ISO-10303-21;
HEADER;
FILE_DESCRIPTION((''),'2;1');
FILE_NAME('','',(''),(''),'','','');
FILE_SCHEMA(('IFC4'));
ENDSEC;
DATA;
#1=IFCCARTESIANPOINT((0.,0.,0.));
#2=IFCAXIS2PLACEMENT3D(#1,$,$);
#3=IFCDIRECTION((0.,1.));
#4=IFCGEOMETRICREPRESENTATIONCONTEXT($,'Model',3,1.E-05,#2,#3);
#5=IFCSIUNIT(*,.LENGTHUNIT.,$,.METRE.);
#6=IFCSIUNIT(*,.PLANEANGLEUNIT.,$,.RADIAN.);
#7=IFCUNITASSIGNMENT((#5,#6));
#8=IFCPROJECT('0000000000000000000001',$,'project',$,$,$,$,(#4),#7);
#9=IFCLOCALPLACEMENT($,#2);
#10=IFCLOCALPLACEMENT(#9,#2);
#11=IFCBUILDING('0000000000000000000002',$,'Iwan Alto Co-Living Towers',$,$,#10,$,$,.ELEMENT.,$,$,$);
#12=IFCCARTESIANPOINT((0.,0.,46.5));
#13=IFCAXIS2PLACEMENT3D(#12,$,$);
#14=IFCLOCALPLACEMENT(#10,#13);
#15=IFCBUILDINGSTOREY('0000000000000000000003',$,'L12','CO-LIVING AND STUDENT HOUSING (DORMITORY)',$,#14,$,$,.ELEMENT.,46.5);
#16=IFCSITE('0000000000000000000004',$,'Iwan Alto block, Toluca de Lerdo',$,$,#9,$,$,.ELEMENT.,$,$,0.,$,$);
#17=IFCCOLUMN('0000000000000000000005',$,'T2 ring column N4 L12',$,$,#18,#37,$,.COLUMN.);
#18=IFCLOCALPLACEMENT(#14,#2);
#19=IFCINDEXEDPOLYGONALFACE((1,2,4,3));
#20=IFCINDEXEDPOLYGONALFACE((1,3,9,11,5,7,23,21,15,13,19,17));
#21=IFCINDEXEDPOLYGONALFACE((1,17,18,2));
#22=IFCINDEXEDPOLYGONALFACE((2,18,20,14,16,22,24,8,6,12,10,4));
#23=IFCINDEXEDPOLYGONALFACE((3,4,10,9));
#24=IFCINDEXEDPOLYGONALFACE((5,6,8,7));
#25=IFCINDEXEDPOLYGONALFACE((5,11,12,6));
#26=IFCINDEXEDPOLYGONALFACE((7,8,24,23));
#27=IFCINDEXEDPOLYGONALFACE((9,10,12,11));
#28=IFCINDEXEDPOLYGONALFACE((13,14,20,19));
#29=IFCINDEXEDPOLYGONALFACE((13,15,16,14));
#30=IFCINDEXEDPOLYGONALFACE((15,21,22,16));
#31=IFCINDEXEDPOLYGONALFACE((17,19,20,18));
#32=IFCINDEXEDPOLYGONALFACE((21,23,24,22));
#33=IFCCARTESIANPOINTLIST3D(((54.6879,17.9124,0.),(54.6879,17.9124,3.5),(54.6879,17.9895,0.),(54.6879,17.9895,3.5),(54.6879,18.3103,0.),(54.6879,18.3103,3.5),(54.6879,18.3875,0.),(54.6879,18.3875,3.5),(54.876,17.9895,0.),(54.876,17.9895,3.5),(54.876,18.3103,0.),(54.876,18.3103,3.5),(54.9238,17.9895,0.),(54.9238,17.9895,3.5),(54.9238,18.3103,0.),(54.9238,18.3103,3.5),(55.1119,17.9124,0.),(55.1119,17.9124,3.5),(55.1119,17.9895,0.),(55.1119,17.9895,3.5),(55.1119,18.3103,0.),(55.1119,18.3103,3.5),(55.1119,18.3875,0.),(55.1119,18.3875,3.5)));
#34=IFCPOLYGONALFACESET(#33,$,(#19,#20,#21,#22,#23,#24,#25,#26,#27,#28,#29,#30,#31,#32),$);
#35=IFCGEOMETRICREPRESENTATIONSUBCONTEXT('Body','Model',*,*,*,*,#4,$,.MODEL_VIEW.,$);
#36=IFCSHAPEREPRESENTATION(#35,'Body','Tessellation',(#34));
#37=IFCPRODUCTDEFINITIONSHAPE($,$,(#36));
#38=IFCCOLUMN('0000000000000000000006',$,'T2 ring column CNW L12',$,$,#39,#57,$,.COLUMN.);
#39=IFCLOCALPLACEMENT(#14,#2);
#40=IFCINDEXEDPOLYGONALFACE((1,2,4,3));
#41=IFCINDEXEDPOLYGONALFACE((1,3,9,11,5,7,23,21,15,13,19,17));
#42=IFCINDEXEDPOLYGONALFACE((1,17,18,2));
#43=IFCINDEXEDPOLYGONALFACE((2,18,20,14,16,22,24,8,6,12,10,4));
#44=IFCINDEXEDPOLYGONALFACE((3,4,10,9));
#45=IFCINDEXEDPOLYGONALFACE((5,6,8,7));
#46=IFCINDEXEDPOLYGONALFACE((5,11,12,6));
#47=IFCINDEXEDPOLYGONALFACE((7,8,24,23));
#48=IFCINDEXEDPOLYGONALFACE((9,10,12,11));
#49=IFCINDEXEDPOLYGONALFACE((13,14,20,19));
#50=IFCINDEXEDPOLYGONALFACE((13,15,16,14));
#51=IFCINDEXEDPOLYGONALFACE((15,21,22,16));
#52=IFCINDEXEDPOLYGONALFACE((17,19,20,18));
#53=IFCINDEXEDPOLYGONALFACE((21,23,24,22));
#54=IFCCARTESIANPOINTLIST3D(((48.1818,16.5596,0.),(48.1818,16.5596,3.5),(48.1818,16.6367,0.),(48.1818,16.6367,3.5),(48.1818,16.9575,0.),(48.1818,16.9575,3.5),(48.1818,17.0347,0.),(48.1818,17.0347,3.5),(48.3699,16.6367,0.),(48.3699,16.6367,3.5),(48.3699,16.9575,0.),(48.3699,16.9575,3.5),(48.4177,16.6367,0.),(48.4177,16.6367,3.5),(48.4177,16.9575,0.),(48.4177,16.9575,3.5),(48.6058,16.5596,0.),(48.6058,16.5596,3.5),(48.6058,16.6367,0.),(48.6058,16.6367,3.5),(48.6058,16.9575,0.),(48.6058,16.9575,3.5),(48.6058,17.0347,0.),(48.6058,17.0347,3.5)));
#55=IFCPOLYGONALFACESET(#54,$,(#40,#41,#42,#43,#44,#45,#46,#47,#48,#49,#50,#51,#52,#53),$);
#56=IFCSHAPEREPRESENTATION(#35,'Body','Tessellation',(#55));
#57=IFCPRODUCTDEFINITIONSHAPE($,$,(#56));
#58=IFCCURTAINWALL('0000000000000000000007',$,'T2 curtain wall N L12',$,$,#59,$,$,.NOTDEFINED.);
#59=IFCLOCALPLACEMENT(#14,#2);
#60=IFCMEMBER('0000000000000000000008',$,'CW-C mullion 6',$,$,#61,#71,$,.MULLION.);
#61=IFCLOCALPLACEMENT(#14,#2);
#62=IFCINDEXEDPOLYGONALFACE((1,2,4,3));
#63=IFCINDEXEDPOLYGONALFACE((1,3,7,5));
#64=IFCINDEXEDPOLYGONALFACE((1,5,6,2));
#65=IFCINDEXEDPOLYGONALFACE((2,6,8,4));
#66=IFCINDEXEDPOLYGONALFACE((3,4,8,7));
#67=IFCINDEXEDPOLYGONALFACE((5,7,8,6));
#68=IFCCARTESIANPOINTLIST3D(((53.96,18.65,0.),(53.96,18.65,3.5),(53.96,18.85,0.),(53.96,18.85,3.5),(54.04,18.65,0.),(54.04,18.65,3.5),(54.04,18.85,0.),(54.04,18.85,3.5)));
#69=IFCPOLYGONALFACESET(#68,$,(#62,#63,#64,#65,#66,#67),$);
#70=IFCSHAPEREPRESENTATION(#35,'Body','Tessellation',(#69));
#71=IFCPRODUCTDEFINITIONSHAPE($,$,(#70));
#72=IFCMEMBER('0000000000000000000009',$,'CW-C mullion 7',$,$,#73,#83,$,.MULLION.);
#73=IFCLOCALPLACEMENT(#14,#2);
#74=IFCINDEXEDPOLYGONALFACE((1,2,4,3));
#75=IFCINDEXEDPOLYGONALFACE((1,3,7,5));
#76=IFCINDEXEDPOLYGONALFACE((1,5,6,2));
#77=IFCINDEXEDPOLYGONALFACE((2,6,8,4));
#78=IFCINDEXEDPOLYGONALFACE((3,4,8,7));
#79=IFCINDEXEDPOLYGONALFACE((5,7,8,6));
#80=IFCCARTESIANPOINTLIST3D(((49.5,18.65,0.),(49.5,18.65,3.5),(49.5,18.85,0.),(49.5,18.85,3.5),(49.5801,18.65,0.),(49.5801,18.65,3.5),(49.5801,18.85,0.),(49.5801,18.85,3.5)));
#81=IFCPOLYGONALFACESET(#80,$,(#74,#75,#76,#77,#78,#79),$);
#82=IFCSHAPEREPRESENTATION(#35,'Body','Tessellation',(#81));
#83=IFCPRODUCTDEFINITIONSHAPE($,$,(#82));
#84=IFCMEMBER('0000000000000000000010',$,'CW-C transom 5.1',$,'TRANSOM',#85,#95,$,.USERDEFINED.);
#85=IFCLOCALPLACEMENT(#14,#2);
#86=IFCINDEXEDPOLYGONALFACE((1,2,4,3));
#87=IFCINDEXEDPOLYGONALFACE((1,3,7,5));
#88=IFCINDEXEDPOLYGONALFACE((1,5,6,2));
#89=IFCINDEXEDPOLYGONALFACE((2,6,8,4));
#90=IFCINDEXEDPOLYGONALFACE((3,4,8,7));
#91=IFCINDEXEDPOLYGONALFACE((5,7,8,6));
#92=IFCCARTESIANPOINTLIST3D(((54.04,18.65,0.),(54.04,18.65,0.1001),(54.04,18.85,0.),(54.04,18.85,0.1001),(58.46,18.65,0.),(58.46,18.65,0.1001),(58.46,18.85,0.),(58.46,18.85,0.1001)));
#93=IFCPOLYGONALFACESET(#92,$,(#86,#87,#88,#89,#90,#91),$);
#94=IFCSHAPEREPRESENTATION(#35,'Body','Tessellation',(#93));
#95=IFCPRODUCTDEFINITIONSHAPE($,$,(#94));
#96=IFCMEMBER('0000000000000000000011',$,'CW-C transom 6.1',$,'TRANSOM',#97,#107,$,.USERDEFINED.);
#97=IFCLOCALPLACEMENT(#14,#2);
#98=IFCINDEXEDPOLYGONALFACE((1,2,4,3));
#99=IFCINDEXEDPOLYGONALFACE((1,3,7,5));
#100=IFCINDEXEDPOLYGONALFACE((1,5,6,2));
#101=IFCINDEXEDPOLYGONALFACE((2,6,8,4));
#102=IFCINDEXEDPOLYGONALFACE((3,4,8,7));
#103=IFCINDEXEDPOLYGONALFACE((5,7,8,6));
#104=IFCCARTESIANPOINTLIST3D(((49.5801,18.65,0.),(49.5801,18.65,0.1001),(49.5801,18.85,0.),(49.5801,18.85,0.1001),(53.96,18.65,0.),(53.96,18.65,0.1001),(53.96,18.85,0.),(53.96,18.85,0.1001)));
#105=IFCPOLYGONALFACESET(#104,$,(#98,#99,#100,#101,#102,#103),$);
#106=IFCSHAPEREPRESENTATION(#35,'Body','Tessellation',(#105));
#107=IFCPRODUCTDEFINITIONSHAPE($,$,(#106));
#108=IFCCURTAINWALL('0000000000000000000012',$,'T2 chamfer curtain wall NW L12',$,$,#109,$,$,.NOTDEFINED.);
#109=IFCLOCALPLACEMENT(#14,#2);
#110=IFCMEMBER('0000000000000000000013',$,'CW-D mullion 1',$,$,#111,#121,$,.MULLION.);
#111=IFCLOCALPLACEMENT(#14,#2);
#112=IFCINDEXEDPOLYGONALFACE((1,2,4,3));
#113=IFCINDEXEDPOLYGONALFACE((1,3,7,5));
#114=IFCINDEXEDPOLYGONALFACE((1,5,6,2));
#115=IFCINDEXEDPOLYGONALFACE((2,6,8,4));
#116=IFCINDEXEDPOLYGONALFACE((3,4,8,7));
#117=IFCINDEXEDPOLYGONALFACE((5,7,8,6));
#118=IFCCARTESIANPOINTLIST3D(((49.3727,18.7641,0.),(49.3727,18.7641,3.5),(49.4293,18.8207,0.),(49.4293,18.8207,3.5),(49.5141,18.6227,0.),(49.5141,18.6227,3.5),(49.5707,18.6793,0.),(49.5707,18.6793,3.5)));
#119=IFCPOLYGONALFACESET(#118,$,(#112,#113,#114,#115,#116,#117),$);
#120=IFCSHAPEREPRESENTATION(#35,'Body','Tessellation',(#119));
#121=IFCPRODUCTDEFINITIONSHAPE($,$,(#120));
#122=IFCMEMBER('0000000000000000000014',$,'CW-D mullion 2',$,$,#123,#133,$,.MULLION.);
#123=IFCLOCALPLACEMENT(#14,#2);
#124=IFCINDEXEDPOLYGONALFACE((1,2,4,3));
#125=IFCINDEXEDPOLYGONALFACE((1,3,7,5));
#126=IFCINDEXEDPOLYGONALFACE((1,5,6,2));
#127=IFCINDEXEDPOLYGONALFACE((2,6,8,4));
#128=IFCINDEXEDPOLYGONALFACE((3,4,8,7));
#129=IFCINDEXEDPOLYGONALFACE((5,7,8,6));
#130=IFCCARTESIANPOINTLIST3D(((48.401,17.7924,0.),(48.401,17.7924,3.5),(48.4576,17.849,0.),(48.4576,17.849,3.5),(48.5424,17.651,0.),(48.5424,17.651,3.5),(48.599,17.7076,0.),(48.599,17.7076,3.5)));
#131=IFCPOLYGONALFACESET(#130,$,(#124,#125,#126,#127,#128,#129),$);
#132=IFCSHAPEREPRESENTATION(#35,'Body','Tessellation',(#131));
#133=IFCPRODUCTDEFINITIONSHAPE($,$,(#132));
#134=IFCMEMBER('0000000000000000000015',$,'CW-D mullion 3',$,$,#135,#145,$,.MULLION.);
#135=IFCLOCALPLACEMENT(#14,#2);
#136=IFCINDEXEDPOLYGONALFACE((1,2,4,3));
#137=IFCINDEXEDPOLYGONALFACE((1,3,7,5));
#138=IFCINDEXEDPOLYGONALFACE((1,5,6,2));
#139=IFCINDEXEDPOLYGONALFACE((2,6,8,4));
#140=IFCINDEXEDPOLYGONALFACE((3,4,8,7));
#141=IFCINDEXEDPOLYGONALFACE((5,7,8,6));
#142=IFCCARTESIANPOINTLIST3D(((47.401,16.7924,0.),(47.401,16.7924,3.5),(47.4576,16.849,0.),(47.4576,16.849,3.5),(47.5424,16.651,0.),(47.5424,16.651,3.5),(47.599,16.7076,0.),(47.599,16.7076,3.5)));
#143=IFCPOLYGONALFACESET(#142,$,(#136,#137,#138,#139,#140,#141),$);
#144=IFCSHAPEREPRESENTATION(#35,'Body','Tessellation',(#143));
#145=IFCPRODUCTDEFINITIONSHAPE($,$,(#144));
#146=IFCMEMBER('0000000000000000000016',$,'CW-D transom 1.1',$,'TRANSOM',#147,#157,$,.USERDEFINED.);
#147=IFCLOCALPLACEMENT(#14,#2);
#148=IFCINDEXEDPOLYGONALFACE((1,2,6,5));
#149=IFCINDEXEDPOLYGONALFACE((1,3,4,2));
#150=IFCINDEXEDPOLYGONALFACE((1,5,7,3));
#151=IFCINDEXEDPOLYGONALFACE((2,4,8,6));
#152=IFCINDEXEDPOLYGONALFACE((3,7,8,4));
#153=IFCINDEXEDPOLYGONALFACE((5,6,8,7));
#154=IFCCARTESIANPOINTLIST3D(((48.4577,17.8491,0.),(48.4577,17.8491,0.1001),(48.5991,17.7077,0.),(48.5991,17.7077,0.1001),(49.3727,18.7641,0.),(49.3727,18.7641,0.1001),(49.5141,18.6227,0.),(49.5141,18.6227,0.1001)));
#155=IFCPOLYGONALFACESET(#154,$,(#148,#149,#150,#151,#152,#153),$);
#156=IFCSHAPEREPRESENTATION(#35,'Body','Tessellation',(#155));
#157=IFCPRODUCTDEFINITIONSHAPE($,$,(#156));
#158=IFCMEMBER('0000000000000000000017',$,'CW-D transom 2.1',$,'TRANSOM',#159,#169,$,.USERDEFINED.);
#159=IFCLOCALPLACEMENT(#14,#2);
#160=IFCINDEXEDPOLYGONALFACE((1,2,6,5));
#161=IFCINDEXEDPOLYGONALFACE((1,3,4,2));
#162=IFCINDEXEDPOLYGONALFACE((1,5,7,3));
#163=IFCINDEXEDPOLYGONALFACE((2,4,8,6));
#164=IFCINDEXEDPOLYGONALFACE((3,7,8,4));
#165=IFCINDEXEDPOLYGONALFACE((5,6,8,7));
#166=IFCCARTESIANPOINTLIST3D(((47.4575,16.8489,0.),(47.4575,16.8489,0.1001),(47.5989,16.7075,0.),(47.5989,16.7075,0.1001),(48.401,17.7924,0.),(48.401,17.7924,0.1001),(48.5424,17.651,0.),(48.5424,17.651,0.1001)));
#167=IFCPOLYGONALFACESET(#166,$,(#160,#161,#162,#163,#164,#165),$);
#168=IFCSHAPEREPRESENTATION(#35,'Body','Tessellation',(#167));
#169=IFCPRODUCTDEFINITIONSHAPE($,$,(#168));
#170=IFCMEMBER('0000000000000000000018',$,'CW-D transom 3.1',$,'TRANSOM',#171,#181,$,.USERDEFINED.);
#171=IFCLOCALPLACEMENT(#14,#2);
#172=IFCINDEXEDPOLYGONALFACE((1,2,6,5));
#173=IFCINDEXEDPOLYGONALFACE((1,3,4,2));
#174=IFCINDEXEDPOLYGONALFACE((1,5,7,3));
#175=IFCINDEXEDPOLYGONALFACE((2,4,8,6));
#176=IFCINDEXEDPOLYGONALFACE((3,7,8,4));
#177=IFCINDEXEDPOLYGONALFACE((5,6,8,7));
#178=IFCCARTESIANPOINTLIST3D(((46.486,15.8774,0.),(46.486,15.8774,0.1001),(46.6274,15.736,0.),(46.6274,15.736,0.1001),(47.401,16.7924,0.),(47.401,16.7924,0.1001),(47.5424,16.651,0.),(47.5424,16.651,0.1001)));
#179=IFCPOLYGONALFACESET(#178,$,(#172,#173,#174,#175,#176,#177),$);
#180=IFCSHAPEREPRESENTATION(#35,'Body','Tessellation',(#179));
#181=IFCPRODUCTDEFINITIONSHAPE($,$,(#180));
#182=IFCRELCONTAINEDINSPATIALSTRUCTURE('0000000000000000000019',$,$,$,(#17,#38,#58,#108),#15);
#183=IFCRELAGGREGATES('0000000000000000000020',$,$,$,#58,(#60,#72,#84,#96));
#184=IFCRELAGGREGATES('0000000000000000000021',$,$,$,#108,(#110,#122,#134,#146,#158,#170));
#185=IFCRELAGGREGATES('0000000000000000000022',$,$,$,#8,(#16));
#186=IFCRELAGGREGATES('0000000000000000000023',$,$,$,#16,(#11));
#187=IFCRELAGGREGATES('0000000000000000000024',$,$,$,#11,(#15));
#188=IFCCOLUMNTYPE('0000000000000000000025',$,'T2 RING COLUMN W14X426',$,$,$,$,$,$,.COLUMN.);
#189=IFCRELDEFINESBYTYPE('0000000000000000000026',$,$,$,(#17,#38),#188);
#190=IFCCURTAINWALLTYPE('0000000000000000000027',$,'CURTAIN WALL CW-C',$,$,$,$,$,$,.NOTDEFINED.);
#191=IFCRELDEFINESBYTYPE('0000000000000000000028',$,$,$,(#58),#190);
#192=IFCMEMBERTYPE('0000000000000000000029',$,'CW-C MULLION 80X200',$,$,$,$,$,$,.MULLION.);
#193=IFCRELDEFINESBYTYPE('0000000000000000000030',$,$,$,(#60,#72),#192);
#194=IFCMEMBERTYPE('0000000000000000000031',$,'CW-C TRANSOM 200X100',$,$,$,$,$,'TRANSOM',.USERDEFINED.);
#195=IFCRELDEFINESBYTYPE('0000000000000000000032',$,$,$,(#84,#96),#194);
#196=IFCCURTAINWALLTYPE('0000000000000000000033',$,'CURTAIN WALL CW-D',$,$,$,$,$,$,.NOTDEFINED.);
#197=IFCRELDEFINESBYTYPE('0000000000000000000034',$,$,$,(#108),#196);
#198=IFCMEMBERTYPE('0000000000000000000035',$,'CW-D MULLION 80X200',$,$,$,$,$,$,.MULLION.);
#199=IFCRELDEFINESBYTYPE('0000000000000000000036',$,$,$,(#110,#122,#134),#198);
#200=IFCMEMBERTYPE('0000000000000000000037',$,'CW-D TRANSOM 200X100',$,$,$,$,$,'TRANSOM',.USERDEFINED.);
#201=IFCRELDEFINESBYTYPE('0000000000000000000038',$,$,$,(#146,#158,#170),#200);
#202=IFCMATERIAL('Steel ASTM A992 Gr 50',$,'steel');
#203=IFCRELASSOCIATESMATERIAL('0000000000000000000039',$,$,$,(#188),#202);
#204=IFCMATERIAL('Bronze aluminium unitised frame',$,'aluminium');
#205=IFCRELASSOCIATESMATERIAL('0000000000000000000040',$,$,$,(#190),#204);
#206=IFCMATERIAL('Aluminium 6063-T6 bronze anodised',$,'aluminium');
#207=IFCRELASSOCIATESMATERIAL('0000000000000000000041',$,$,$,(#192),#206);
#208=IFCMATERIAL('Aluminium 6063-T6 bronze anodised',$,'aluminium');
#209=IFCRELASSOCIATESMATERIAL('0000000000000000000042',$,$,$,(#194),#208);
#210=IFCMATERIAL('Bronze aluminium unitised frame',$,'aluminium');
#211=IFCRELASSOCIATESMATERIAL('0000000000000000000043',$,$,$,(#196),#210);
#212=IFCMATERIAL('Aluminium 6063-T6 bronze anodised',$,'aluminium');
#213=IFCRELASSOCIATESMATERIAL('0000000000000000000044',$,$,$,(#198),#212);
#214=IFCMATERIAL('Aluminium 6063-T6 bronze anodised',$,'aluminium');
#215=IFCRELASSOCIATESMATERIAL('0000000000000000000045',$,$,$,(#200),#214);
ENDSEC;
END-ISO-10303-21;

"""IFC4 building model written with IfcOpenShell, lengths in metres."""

from ifc_helpers import new_model, si_unit, direction, frame, origin, origin_2d, place, context, subcontext, project, spatial, rectangle, i_section, extrude, material, material_profile, profile_set, type_object, element, aggregate, save


model = new_model("IFC4")

# Units and contexts
model_context = context("Model", 3, precision=1e-05, world=origin(), true_north=direction((0.0, 1.0)))
body_context = subcontext(model_context, "Body", "Model", "MODEL_VIEW")
ifc_project = project(units=[si_unit("LENGTHUNIT", "METRE"), si_unit("PLANEANGLEUNIT", "RADIAN")], contexts=[model_context])

# Site, building, storey
site_placement = place(None, origin())
site = spatial("IfcSite", under=ifc_project, at=site_placement, Name="Iwan Alto block, Toluca de Lerdo", CompositionType="ELEMENT", RefElevation=0.0)
building_placement = place(site_placement, origin())
building = spatial("IfcBuilding", under=site, at=building_placement, Name="Iwan Alto Co-Living Towers", CompositionType="ELEMENT")
storey_placement = place(building_placement, frame((0.0, 0.0, 46.5)))
storey = spatial("IfcBuildingStorey", under=building, at=storey_placement, Name="L12", Description="CO-LIVING AND STUDENT HOUSING (DORMITORY)", CompositionType="ELEMENT", Elevation=46.5)

# Columns
ifc_material_1 = material(Name="Steel ASTM A992 Gr 50", Category="steel")
ifc_material_profile_1 = material_profile(ifc_material_1, i_section(OverallWidth=0.4241, OverallDepth=0.4751, WebThickness=0.0479, FlangeThickness=0.0771, at=origin_2d()), Name="W14X426")
ifc_profile_set_1 = profile_set([ifc_material_profile_1], Name="Steel ASTM A992 Gr 50")
column_type = type_object("IfcColumnType", Name="T2 RING COLUMN W14X426", PredefinedType="COLUMN", material=ifc_profile_set_1)
for number, where, z_axis, x_axis, name in (
    (1, (54.8999, 18.1499, 0.0), (0.0, 0.0, 1.0), (1.0, 0.0, 0.0), "T2 ring column N4 L12"),
    (2, (48.3938, 16.7971, 0.0), (0.0, 0.0, 1.0), (1.0, 0.0, 0.0), "T2 ring column CNW L12"),
):
    element("IfcColumn", number, at=place(storey_placement, frame(where, z_axis=z_axis, x_axis=x_axis)), inside=storey, type_object=column_type, Name=name, PredefinedType="COLUMN", context=body_context, shape_type="SweptSolid", body=[
        extrude(i_section(OverallWidth=0.4241, OverallDepth=0.4751, WebThickness=0.0479, FlangeThickness=0.0771, at=origin_2d()), origin(), (0.0, 0.0, 1.0), 3.5),
    ])

# Curtain walls, members
ifc_material_2 = material(Name="Bronze aluminium unitised frame", Category="aluminium")
curtain_wall_type_1 = type_object("IfcCurtainWallType", Name="CURTAIN WALL CW-C", PredefinedType="NOTDEFINED", material=ifc_material_2)
curtain_wall_1_placement = place(storey_placement, origin())
curtain_wall_1 = element("IfcCurtainWall", 3, at=curtain_wall_1_placement, inside=storey, type_object=curtain_wall_type_1, Name="T2 curtain wall N L12", PredefinedType="NOTDEFINED")
ifc_material_3 = material(Name="Aluminium 6063-T6 bronze anodised", Category="aluminium")
ifc_material_profile_2 = material_profile(ifc_material_3, rectangle(XDim=0.2, YDim=0.0801, at=origin_2d()), Name="AL 80X200")
ifc_profile_set_2 = profile_set([ifc_material_profile_2], Name="Aluminium 6063-T6 bronze anodised")
member_type_1 = type_object("IfcMemberType", Name="CW-C MULLION 80X200", PredefinedType="MULLION", material=ifc_profile_set_2)
member_1_placement = place(storey_placement, frame((54.0, 18.75, 0.0), z_axis=(0.0, 0.0, 1.0), x_axis=(0.0, -1.0, 0.0)))
member_1 = element("IfcMember", 4, at=member_1_placement, type_object=member_type_1, Name="CW-C mullion 6", PredefinedType="MULLION", context=body_context, shape_type="SweptSolid", body=[
    extrude(rectangle(XDim=0.2, YDim=0.0801, at=origin_2d()), origin(), (0.0, 0.0, 1.0), 3.5),
])
member_2_placement = place(storey_placement, frame((49.54, 18.75, 0.0), z_axis=(0.0, 0.0, 1.0), x_axis=(0.0, -1.0, 0.0)))
member_2 = element("IfcMember", 5, at=member_2_placement, type_object=member_type_1, Name="CW-C mullion 7", PredefinedType="MULLION", context=body_context, shape_type="SweptSolid", body=[
    extrude(rectangle(XDim=0.2, YDim=0.0801, at=origin_2d()), origin(), (0.0, 0.0, 1.0), 3.5),
])
ifc_material_4 = material(Name="Aluminium 6063-T6 bronze anodised", Category="aluminium")
ifc_material_profile_3 = material_profile(ifc_material_4, rectangle(XDim=0.2, YDim=0.1001, at=origin_2d()), Name="AL 200X100")
ifc_profile_set_3 = profile_set([ifc_material_profile_3], Name="Aluminium 6063-T6 bronze anodised")
member_type_2 = type_object("IfcMemberType", Name="CW-C TRANSOM 200X100", ElementType="TRANSOM", PredefinedType="USERDEFINED", material=ifc_profile_set_3)
member_3_placement = place(storey_placement, frame((58.46, 18.75, 0.05), z_axis=(-1.0, 0.0, 0.0), x_axis=(0.0, -1.0, 0.0)))
member_3 = element("IfcMember", 6, at=member_3_placement, type_object=member_type_2, Name="CW-C transom 5.1", ObjectType="TRANSOM", PredefinedType="USERDEFINED", context=body_context, shape_type="SweptSolid", body=[
    extrude(rectangle(XDim=0.2, YDim=0.1001, at=origin_2d()), origin(), (0.0, 0.0, 1.0), 4.4199),
])
member_4_placement = place(storey_placement, frame((53.96, 18.75, 0.05), z_axis=(-1.0, 0.0, 0.0), x_axis=(0.0, -1.0, 0.0)))
member_4 = element("IfcMember", 7, at=member_4_placement, type_object=member_type_2, Name="CW-C transom 6.1", ObjectType="TRANSOM", PredefinedType="USERDEFINED", context=body_context, shape_type="SweptSolid", body=[
    extrude(rectangle(XDim=0.2, YDim=0.1001, at=origin_2d()), origin(), (0.0, 0.0, 1.0), 4.3799),
])
ifc_material_5 = material(Name="Bronze aluminium unitised frame", Category="aluminium")
curtain_wall_type_2 = type_object("IfcCurtainWallType", Name="CURTAIN WALL CW-D", PredefinedType="NOTDEFINED", material=ifc_material_5)
curtain_wall_2_placement = place(storey_placement, origin())
curtain_wall_2 = element("IfcCurtainWall", 8, at=curtain_wall_2_placement, inside=storey, type_object=curtain_wall_type_2, Name="T2 chamfer curtain wall NW L12", PredefinedType="NOTDEFINED")
ifc_material_6 = material(Name="Aluminium 6063-T6 bronze anodised", Category="aluminium")
ifc_material_profile_4 = material_profile(ifc_material_6, rectangle(XDim=0.2, YDim=0.0801, at=origin_2d()), Name="AL 80X200")
ifc_profile_set_4 = profile_set([ifc_material_profile_4], Name="Aluminium 6063-T6 bronze anodised")
member_type_3 = type_object("IfcMemberType", Name="CW-D MULLION 80X200", PredefinedType="MULLION", material=ifc_profile_set_4)
member_5_placement = place(storey_placement, frame((49.4717, 18.7217, 0.0), z_axis=(0.0, 0.0, 1.0), x_axis=(0.707107, -0.707107, 0.0)))
member_5 = element("IfcMember", 9, at=member_5_placement, type_object=member_type_3, Name="CW-D mullion 1", PredefinedType="MULLION", context=body_context, shape_type="SweptSolid", body=[
    extrude(rectangle(XDim=0.2, YDim=0.0801, at=origin_2d()), origin(), (0.0, 0.0, 1.0), 3.5),
])
member_6_placement = place(storey_placement, frame((48.5, 17.75, 0.0), z_axis=(0.0, 0.0, 1.0), x_axis=(0.707107, -0.707107, 0.0)))
member_6 = element("IfcMember", 10, at=member_6_placement, type_object=member_type_3, Name="CW-D mullion 2", PredefinedType="MULLION", context=body_context, shape_type="SweptSolid", body=[
    extrude(rectangle(XDim=0.2, YDim=0.0801, at=origin_2d()), origin(), (0.0, 0.0, 1.0), 3.5),
])
member_7_placement = place(storey_placement, frame((47.5, 16.75, 0.0), z_axis=(0.0, 0.0, 1.0), x_axis=(0.707107, -0.707107, 0.0)))
member_7 = element("IfcMember", 11, at=member_7_placement, type_object=member_type_3, Name="CW-D mullion 3", PredefinedType="MULLION", context=body_context, shape_type="SweptSolid", body=[
    extrude(rectangle(XDim=0.2, YDim=0.0801, at=origin_2d()), origin(), (0.0, 0.0, 1.0), 3.5),
])
ifc_material_7 = material(Name="Aluminium 6063-T6 bronze anodised", Category="aluminium")
ifc_material_profile_5 = material_profile(ifc_material_7, rectangle(XDim=0.2, YDim=0.1001, at=origin_2d()), Name="AL 200X100")
ifc_profile_set_5 = profile_set([ifc_material_profile_5], Name="Aluminium 6063-T6 bronze anodised")
member_type_4 = type_object("IfcMemberType", Name="CW-D TRANSOM 200X100", ElementType="TRANSOM", PredefinedType="USERDEFINED", material=ifc_profile_set_5)
member_8_placement = place(storey_placement, frame((49.4434, 18.6934, 0.05), z_axis=(-0.707107, -0.707107, 0.0), x_axis=(0.707107, -0.707107, 0.0)))
member_8 = element("IfcMember", 12, at=member_8_placement, type_object=member_type_4, Name="CW-D transom 1.1", ObjectType="TRANSOM", PredefinedType="USERDEFINED", context=body_context, shape_type="SweptSolid", body=[
    extrude(rectangle(XDim=0.2, YDim=0.1001, at=origin_2d()), origin(), (0.0, 0.0, 1.0), 1.2939),
])
member_9_placement = place(storey_placement, frame((48.4717, 17.7217, 0.05), z_axis=(-0.707107, -0.707107, 0.0), x_axis=(0.707107, -0.707107, 0.0)))
member_9 = element("IfcMember", 13, at=member_9_placement, type_object=member_type_4, Name="CW-D transom 2.1", ObjectType="TRANSOM", PredefinedType="USERDEFINED", context=body_context, shape_type="SweptSolid", body=[
    extrude(rectangle(XDim=0.2, YDim=0.1001, at=origin_2d()), origin(), (0.0, 0.0, 1.0), 1.3342),
])
member_10_placement = place(storey_placement, frame((47.4717, 16.7217, 0.05), z_axis=(-0.707107, -0.707107, 0.0), x_axis=(0.707107, -0.707107, 0.0)))
member_10 = element("IfcMember", 14, at=member_10_placement, type_object=member_type_4, Name="CW-D transom 3.1", ObjectType="TRANSOM", PredefinedType="USERDEFINED", context=body_context, shape_type="SweptSolid", body=[
    extrude(rectangle(XDim=0.2, YDim=0.1001, at=origin_2d()), origin(), (0.0, 0.0, 1.0), 1.2939),
])

aggregate(curtain_wall_1, [member_1, member_2, member_3, member_4])
aggregate(curtain_wall_2, [member_5, member_6, member_7, member_8, member_9, member_10])

save(model, "model.ifc")
